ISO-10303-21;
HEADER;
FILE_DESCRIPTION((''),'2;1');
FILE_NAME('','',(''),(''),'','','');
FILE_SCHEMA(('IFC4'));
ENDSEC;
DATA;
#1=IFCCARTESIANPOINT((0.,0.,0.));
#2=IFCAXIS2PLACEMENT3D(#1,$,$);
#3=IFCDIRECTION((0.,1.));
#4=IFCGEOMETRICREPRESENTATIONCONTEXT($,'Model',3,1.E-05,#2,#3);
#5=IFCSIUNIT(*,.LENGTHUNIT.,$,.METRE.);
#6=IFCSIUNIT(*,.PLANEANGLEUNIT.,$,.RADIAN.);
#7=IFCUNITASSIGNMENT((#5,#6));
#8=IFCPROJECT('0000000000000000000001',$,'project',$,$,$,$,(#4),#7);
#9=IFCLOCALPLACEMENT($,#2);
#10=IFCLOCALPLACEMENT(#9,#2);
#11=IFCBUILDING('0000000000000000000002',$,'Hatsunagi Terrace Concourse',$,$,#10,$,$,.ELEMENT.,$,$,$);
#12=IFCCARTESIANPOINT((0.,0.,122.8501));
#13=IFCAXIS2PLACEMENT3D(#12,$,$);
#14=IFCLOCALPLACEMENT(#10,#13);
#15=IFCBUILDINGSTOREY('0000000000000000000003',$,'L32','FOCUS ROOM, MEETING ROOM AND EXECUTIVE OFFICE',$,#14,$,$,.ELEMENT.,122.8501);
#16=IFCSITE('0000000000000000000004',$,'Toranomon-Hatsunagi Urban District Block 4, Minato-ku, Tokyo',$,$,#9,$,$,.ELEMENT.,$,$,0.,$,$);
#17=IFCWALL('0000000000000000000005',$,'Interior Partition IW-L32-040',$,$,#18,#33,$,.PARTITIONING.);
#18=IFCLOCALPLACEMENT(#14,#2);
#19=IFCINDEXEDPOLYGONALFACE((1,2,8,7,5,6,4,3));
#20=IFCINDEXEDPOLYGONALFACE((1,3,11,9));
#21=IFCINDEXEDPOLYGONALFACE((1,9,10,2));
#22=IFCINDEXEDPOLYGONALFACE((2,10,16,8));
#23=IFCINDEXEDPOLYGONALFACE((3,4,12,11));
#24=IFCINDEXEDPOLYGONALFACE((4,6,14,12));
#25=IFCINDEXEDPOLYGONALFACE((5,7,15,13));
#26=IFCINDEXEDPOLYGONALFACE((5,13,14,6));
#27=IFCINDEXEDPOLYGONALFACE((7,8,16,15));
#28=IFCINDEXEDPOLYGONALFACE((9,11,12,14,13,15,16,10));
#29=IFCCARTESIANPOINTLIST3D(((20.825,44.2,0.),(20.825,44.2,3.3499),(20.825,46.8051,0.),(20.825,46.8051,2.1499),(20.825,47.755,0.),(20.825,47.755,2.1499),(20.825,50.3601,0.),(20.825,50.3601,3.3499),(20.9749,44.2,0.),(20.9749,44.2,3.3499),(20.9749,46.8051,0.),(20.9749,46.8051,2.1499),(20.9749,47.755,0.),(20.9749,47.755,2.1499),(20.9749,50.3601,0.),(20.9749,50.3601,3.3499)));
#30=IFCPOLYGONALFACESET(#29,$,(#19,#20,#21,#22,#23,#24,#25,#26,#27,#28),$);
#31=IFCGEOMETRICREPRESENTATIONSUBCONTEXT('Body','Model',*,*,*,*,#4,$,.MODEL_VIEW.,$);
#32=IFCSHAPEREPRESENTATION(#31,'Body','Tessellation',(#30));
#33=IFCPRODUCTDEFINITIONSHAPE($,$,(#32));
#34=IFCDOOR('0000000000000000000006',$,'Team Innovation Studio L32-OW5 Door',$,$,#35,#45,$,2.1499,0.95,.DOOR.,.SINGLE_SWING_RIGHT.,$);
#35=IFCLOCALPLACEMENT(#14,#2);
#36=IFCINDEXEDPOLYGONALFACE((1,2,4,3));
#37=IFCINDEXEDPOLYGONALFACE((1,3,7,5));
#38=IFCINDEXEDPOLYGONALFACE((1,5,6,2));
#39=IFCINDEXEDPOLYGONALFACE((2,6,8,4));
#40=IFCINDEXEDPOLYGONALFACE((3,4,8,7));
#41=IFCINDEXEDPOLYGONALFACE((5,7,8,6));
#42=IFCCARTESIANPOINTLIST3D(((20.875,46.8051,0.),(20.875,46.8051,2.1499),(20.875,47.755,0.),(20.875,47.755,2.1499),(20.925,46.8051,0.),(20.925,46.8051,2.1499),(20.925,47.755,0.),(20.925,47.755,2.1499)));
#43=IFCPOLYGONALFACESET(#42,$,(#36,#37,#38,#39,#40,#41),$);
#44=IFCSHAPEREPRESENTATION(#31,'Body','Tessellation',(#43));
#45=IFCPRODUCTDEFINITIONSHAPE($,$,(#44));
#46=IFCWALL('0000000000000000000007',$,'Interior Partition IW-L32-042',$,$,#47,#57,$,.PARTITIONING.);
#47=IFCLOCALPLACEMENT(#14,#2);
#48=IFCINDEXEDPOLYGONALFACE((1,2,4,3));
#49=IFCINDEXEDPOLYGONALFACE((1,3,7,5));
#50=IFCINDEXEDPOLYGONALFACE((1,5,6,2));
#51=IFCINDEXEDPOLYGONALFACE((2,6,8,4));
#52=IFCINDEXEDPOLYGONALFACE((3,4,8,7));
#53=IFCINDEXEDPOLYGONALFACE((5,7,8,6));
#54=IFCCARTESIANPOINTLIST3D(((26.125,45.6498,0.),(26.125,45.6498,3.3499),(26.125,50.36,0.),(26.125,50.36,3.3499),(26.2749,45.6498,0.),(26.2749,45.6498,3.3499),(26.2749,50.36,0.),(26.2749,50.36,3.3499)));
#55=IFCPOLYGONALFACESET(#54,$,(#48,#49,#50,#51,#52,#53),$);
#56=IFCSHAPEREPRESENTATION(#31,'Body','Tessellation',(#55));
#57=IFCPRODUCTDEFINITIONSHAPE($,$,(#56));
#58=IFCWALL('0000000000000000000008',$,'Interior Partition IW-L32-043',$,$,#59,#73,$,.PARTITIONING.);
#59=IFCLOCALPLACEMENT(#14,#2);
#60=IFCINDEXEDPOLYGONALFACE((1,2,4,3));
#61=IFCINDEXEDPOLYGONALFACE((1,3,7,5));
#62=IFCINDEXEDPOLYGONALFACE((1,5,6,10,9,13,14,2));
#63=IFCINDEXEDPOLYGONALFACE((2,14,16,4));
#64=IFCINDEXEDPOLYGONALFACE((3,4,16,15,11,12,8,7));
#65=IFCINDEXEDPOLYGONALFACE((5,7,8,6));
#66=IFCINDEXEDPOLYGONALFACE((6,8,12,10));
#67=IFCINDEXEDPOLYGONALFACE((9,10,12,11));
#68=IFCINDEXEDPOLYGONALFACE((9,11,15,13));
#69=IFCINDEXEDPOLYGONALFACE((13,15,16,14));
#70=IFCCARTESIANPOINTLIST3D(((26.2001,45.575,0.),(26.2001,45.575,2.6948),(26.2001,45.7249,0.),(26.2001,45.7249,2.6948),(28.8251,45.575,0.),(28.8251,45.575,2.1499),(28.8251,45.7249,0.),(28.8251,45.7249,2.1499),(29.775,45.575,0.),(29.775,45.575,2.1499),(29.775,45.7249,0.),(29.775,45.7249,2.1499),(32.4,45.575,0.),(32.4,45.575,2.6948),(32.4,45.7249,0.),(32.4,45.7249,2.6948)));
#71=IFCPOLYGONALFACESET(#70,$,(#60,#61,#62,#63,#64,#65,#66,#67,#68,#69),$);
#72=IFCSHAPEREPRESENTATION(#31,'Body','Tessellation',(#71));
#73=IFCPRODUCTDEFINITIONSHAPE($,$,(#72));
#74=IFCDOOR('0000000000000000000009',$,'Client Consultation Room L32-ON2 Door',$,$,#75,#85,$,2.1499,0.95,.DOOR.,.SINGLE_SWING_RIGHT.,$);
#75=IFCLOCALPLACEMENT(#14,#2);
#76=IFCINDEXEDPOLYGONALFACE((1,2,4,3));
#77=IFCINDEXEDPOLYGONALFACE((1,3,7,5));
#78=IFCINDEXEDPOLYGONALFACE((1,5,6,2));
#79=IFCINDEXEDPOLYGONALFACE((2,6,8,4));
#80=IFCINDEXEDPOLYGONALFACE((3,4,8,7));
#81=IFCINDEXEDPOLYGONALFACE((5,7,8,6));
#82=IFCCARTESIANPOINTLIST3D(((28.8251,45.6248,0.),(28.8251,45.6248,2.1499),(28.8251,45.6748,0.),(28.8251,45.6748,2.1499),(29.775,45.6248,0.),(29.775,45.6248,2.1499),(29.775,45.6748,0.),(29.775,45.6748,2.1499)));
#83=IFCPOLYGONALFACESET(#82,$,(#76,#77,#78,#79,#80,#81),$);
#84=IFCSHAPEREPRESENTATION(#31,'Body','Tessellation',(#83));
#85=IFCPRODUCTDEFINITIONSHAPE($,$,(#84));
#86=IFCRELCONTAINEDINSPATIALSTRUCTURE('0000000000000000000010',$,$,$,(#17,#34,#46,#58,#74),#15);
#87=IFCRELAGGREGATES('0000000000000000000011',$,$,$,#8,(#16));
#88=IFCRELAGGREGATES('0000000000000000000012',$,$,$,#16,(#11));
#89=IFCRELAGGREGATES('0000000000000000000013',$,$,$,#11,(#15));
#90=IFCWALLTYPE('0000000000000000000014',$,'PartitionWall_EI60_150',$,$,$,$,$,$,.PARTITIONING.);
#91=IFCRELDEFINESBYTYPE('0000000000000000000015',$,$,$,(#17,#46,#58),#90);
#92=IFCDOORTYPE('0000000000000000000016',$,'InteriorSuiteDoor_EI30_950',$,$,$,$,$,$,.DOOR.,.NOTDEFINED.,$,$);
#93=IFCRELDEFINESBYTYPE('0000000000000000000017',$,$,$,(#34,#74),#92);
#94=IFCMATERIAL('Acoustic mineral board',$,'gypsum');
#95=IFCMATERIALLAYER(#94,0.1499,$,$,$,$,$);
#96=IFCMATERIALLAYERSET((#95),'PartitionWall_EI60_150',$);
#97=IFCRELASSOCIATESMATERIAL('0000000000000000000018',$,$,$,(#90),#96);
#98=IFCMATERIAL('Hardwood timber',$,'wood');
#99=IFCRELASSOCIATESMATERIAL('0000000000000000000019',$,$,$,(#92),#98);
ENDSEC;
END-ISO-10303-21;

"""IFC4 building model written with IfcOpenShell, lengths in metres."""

from ifc_helpers import new_model, si_unit, direction, frame, frame_2d, origin, place, context, subcontext, project, spatial, rectangle, extrude, material, layer, layer_set, type_object, element, fill, save


model = new_model("IFC4")

# Units and contexts
model_context = context("Model", 3, precision=1e-05, world=origin(), true_north=direction((0.0, 1.0)))
body_context = subcontext(model_context, "Body", "Model", "MODEL_VIEW")
ifc_project = project(units=[si_unit("LENGTHUNIT", "METRE"), si_unit("PLANEANGLEUNIT", "RADIAN")], contexts=[model_context])

# Site, building, storey
site_placement = place(None, origin())
site = spatial("IfcSite", under=ifc_project, at=site_placement, Name="Toranomon-Hatsunagi Urban District Block 4, Minato-ku, Tokyo", CompositionType="ELEMENT", RefElevation=0.0)
building_placement = place(site_placement, origin())
building = spatial("IfcBuilding", under=site, at=building_placement, Name="Hatsunagi Terrace Concourse", CompositionType="ELEMENT")
storey_placement = place(building_placement, frame((0.0, 0.0, 122.8501)))
storey = spatial("IfcBuildingStorey", under=building, at=storey_placement, Name="L32", Description="FOCUS ROOM, MEETING ROOM AND EXECUTIVE OFFICE", CompositionType="ELEMENT", Elevation=122.8501)

# Shared definitions
ifc_material_1 = material(Name="Acoustic mineral board", Category="gypsum")
ifc_layer_1 = layer(ifc_material_1, 0.1499)
ifc_layer_set_1 = layer_set([ifc_layer_1], Name="PartitionWall_EI60_150")
wall_type_1 = type_object("IfcWallType", Name="PartitionWall_EI60_150", PredefinedType="PARTITIONING", material=ifc_layer_set_1)

# Wall, opening, door
wall_1_placement = place(storey_placement, frame((20.8999, 44.2, 0.0), z_axis=(0.0, 0.0, 1.0), x_axis=(0.0, 1.0, 0.0)))
wall_1 = element("IfcWall", 1, at=wall_1_placement, inside=storey, type_object=wall_type_1, Name="Interior Partition IW-L32-040", PredefinedType="PARTITIONING", context=body_context, shape_type="SweptSolid", body=[
    extrude(rectangle(XDim=6.1602, YDim=0.1499, at=frame_2d((3.0801, 0.0))), origin(), (0.0, 0.0, 1.0), 3.3499),
])
opening_1_placement = place(wall_1_placement, frame((2.605, 0.0, 0.0)))
opening_1 = element("IfcOpeningElement", 2, at=opening_1_placement, cuts=wall_1, PredefinedType="OPENING", context=body_context, shape_type="SweptSolid", body=[
    extrude(rectangle(XDim=0.95, YDim=2.1499, at=frame_2d((0.4751, 1.075))), frame((0.0, 0.085, 0.0), z_axis=(0.0, -1.0, 0.0), x_axis=(1.0, 0.0, 0.0)), (0.0, 0.0, 1.0), 0.1699),
])
ifc_material_2 = material(Name="Hardwood timber", Category="wood")
door_type = type_object("IfcDoorType", Name="InteriorSuiteDoor_EI30_950", OperationType="NOTDEFINED", PredefinedType="DOOR", material=ifc_material_2)
door_1_placement = place(opening_1_placement, origin())
door_1 = element("IfcDoor", 3, at=door_1_placement, inside=storey, type_object=door_type, Name="Team Innovation Studio L32-OW5 Door", OperationType="SINGLE_SWING_RIGHT", OverallHeight=2.1499, OverallWidth=0.95, PredefinedType="DOOR", context=body_context, shape_type="SweptSolid", body=[
    extrude(rectangle(XDim=0.95, YDim=2.1499, at=frame_2d((0.4751, 1.075))), frame((0.0, 0.0249, 0.0), z_axis=(0.0, -1.0, 0.0), x_axis=(1.0, 0.0, 0.0)), (0.0, 0.0, 1.0), 0.05),
])
fill(opening_1, door_1)

# Wall
wall_2_placement = place(storey_placement, frame((26.2, 45.6499, 0.0), z_axis=(0.0, 0.0, 1.0), x_axis=(0.0, 1.0, 0.0)))
element("IfcWall", 4, at=wall_2_placement, inside=storey, type_object=wall_type_1, Name="Interior Partition IW-L32-042", PredefinedType="PARTITIONING", context=body_context, shape_type="SweptSolid", body=[
    extrude(rectangle(XDim=4.7102, YDim=0.1499, at=frame_2d((2.355, 0.0))), origin(), (0.0, 0.0, 1.0), 3.3499),
])

# Wall, opening, door
wall_3_placement = place(storey_placement, frame((26.2, 45.6499, 0.0), z_axis=(0.0, 0.0, 1.0), x_axis=(1.0, 0.0, 0.0)))
wall_3 = element("IfcWall", 5, at=wall_3_placement, inside=storey, type_object=wall_type_1, Name="Interior Partition IW-L32-043", PredefinedType="PARTITIONING", context=body_context, shape_type="SweptSolid", body=[
    extrude(rectangle(XDim=6.2, YDim=0.1499, at=frame_2d((3.1001, 0.0))), origin(), (0.0, 0.0, 1.0), 2.6948),
])
opening_2_placement = place(wall_3_placement, frame((2.625, 0.0, 0.0)))
opening_2 = element("IfcOpeningElement", 6, at=opening_2_placement, cuts=wall_3, PredefinedType="OPENING", context=body_context, shape_type="SweptSolid", body=[
    extrude(rectangle(XDim=0.95, YDim=2.1499, at=frame_2d((0.4751, 1.075))), frame((0.0, 0.085, 0.0), z_axis=(0.0, -1.0, 0.0), x_axis=(1.0, 0.0, 0.0)), (0.0, 0.0, 1.0), 0.1699),
])
door_2_placement = place(opening_2_placement, origin())
door_2 = element("IfcDoor", 7, at=door_2_placement, inside=storey, type_object=door_type, Name="Client Consultation Room L32-ON2 Door", OperationType="SINGLE_SWING_RIGHT", OverallHeight=2.1499, OverallWidth=0.95, PredefinedType="DOOR", context=body_context, shape_type="SweptSolid", body=[
    extrude(rectangle(XDim=0.95, YDim=2.1499, at=frame_2d((0.4751, 1.075))), frame((0.0, 0.0249, 0.0), z_axis=(0.0, -1.0, 0.0), x_axis=(1.0, 0.0, 0.0)), (0.0, 0.0, 1.0), 0.05),
])
fill(opening_2, door_2)

save(model, "model.ifc")
